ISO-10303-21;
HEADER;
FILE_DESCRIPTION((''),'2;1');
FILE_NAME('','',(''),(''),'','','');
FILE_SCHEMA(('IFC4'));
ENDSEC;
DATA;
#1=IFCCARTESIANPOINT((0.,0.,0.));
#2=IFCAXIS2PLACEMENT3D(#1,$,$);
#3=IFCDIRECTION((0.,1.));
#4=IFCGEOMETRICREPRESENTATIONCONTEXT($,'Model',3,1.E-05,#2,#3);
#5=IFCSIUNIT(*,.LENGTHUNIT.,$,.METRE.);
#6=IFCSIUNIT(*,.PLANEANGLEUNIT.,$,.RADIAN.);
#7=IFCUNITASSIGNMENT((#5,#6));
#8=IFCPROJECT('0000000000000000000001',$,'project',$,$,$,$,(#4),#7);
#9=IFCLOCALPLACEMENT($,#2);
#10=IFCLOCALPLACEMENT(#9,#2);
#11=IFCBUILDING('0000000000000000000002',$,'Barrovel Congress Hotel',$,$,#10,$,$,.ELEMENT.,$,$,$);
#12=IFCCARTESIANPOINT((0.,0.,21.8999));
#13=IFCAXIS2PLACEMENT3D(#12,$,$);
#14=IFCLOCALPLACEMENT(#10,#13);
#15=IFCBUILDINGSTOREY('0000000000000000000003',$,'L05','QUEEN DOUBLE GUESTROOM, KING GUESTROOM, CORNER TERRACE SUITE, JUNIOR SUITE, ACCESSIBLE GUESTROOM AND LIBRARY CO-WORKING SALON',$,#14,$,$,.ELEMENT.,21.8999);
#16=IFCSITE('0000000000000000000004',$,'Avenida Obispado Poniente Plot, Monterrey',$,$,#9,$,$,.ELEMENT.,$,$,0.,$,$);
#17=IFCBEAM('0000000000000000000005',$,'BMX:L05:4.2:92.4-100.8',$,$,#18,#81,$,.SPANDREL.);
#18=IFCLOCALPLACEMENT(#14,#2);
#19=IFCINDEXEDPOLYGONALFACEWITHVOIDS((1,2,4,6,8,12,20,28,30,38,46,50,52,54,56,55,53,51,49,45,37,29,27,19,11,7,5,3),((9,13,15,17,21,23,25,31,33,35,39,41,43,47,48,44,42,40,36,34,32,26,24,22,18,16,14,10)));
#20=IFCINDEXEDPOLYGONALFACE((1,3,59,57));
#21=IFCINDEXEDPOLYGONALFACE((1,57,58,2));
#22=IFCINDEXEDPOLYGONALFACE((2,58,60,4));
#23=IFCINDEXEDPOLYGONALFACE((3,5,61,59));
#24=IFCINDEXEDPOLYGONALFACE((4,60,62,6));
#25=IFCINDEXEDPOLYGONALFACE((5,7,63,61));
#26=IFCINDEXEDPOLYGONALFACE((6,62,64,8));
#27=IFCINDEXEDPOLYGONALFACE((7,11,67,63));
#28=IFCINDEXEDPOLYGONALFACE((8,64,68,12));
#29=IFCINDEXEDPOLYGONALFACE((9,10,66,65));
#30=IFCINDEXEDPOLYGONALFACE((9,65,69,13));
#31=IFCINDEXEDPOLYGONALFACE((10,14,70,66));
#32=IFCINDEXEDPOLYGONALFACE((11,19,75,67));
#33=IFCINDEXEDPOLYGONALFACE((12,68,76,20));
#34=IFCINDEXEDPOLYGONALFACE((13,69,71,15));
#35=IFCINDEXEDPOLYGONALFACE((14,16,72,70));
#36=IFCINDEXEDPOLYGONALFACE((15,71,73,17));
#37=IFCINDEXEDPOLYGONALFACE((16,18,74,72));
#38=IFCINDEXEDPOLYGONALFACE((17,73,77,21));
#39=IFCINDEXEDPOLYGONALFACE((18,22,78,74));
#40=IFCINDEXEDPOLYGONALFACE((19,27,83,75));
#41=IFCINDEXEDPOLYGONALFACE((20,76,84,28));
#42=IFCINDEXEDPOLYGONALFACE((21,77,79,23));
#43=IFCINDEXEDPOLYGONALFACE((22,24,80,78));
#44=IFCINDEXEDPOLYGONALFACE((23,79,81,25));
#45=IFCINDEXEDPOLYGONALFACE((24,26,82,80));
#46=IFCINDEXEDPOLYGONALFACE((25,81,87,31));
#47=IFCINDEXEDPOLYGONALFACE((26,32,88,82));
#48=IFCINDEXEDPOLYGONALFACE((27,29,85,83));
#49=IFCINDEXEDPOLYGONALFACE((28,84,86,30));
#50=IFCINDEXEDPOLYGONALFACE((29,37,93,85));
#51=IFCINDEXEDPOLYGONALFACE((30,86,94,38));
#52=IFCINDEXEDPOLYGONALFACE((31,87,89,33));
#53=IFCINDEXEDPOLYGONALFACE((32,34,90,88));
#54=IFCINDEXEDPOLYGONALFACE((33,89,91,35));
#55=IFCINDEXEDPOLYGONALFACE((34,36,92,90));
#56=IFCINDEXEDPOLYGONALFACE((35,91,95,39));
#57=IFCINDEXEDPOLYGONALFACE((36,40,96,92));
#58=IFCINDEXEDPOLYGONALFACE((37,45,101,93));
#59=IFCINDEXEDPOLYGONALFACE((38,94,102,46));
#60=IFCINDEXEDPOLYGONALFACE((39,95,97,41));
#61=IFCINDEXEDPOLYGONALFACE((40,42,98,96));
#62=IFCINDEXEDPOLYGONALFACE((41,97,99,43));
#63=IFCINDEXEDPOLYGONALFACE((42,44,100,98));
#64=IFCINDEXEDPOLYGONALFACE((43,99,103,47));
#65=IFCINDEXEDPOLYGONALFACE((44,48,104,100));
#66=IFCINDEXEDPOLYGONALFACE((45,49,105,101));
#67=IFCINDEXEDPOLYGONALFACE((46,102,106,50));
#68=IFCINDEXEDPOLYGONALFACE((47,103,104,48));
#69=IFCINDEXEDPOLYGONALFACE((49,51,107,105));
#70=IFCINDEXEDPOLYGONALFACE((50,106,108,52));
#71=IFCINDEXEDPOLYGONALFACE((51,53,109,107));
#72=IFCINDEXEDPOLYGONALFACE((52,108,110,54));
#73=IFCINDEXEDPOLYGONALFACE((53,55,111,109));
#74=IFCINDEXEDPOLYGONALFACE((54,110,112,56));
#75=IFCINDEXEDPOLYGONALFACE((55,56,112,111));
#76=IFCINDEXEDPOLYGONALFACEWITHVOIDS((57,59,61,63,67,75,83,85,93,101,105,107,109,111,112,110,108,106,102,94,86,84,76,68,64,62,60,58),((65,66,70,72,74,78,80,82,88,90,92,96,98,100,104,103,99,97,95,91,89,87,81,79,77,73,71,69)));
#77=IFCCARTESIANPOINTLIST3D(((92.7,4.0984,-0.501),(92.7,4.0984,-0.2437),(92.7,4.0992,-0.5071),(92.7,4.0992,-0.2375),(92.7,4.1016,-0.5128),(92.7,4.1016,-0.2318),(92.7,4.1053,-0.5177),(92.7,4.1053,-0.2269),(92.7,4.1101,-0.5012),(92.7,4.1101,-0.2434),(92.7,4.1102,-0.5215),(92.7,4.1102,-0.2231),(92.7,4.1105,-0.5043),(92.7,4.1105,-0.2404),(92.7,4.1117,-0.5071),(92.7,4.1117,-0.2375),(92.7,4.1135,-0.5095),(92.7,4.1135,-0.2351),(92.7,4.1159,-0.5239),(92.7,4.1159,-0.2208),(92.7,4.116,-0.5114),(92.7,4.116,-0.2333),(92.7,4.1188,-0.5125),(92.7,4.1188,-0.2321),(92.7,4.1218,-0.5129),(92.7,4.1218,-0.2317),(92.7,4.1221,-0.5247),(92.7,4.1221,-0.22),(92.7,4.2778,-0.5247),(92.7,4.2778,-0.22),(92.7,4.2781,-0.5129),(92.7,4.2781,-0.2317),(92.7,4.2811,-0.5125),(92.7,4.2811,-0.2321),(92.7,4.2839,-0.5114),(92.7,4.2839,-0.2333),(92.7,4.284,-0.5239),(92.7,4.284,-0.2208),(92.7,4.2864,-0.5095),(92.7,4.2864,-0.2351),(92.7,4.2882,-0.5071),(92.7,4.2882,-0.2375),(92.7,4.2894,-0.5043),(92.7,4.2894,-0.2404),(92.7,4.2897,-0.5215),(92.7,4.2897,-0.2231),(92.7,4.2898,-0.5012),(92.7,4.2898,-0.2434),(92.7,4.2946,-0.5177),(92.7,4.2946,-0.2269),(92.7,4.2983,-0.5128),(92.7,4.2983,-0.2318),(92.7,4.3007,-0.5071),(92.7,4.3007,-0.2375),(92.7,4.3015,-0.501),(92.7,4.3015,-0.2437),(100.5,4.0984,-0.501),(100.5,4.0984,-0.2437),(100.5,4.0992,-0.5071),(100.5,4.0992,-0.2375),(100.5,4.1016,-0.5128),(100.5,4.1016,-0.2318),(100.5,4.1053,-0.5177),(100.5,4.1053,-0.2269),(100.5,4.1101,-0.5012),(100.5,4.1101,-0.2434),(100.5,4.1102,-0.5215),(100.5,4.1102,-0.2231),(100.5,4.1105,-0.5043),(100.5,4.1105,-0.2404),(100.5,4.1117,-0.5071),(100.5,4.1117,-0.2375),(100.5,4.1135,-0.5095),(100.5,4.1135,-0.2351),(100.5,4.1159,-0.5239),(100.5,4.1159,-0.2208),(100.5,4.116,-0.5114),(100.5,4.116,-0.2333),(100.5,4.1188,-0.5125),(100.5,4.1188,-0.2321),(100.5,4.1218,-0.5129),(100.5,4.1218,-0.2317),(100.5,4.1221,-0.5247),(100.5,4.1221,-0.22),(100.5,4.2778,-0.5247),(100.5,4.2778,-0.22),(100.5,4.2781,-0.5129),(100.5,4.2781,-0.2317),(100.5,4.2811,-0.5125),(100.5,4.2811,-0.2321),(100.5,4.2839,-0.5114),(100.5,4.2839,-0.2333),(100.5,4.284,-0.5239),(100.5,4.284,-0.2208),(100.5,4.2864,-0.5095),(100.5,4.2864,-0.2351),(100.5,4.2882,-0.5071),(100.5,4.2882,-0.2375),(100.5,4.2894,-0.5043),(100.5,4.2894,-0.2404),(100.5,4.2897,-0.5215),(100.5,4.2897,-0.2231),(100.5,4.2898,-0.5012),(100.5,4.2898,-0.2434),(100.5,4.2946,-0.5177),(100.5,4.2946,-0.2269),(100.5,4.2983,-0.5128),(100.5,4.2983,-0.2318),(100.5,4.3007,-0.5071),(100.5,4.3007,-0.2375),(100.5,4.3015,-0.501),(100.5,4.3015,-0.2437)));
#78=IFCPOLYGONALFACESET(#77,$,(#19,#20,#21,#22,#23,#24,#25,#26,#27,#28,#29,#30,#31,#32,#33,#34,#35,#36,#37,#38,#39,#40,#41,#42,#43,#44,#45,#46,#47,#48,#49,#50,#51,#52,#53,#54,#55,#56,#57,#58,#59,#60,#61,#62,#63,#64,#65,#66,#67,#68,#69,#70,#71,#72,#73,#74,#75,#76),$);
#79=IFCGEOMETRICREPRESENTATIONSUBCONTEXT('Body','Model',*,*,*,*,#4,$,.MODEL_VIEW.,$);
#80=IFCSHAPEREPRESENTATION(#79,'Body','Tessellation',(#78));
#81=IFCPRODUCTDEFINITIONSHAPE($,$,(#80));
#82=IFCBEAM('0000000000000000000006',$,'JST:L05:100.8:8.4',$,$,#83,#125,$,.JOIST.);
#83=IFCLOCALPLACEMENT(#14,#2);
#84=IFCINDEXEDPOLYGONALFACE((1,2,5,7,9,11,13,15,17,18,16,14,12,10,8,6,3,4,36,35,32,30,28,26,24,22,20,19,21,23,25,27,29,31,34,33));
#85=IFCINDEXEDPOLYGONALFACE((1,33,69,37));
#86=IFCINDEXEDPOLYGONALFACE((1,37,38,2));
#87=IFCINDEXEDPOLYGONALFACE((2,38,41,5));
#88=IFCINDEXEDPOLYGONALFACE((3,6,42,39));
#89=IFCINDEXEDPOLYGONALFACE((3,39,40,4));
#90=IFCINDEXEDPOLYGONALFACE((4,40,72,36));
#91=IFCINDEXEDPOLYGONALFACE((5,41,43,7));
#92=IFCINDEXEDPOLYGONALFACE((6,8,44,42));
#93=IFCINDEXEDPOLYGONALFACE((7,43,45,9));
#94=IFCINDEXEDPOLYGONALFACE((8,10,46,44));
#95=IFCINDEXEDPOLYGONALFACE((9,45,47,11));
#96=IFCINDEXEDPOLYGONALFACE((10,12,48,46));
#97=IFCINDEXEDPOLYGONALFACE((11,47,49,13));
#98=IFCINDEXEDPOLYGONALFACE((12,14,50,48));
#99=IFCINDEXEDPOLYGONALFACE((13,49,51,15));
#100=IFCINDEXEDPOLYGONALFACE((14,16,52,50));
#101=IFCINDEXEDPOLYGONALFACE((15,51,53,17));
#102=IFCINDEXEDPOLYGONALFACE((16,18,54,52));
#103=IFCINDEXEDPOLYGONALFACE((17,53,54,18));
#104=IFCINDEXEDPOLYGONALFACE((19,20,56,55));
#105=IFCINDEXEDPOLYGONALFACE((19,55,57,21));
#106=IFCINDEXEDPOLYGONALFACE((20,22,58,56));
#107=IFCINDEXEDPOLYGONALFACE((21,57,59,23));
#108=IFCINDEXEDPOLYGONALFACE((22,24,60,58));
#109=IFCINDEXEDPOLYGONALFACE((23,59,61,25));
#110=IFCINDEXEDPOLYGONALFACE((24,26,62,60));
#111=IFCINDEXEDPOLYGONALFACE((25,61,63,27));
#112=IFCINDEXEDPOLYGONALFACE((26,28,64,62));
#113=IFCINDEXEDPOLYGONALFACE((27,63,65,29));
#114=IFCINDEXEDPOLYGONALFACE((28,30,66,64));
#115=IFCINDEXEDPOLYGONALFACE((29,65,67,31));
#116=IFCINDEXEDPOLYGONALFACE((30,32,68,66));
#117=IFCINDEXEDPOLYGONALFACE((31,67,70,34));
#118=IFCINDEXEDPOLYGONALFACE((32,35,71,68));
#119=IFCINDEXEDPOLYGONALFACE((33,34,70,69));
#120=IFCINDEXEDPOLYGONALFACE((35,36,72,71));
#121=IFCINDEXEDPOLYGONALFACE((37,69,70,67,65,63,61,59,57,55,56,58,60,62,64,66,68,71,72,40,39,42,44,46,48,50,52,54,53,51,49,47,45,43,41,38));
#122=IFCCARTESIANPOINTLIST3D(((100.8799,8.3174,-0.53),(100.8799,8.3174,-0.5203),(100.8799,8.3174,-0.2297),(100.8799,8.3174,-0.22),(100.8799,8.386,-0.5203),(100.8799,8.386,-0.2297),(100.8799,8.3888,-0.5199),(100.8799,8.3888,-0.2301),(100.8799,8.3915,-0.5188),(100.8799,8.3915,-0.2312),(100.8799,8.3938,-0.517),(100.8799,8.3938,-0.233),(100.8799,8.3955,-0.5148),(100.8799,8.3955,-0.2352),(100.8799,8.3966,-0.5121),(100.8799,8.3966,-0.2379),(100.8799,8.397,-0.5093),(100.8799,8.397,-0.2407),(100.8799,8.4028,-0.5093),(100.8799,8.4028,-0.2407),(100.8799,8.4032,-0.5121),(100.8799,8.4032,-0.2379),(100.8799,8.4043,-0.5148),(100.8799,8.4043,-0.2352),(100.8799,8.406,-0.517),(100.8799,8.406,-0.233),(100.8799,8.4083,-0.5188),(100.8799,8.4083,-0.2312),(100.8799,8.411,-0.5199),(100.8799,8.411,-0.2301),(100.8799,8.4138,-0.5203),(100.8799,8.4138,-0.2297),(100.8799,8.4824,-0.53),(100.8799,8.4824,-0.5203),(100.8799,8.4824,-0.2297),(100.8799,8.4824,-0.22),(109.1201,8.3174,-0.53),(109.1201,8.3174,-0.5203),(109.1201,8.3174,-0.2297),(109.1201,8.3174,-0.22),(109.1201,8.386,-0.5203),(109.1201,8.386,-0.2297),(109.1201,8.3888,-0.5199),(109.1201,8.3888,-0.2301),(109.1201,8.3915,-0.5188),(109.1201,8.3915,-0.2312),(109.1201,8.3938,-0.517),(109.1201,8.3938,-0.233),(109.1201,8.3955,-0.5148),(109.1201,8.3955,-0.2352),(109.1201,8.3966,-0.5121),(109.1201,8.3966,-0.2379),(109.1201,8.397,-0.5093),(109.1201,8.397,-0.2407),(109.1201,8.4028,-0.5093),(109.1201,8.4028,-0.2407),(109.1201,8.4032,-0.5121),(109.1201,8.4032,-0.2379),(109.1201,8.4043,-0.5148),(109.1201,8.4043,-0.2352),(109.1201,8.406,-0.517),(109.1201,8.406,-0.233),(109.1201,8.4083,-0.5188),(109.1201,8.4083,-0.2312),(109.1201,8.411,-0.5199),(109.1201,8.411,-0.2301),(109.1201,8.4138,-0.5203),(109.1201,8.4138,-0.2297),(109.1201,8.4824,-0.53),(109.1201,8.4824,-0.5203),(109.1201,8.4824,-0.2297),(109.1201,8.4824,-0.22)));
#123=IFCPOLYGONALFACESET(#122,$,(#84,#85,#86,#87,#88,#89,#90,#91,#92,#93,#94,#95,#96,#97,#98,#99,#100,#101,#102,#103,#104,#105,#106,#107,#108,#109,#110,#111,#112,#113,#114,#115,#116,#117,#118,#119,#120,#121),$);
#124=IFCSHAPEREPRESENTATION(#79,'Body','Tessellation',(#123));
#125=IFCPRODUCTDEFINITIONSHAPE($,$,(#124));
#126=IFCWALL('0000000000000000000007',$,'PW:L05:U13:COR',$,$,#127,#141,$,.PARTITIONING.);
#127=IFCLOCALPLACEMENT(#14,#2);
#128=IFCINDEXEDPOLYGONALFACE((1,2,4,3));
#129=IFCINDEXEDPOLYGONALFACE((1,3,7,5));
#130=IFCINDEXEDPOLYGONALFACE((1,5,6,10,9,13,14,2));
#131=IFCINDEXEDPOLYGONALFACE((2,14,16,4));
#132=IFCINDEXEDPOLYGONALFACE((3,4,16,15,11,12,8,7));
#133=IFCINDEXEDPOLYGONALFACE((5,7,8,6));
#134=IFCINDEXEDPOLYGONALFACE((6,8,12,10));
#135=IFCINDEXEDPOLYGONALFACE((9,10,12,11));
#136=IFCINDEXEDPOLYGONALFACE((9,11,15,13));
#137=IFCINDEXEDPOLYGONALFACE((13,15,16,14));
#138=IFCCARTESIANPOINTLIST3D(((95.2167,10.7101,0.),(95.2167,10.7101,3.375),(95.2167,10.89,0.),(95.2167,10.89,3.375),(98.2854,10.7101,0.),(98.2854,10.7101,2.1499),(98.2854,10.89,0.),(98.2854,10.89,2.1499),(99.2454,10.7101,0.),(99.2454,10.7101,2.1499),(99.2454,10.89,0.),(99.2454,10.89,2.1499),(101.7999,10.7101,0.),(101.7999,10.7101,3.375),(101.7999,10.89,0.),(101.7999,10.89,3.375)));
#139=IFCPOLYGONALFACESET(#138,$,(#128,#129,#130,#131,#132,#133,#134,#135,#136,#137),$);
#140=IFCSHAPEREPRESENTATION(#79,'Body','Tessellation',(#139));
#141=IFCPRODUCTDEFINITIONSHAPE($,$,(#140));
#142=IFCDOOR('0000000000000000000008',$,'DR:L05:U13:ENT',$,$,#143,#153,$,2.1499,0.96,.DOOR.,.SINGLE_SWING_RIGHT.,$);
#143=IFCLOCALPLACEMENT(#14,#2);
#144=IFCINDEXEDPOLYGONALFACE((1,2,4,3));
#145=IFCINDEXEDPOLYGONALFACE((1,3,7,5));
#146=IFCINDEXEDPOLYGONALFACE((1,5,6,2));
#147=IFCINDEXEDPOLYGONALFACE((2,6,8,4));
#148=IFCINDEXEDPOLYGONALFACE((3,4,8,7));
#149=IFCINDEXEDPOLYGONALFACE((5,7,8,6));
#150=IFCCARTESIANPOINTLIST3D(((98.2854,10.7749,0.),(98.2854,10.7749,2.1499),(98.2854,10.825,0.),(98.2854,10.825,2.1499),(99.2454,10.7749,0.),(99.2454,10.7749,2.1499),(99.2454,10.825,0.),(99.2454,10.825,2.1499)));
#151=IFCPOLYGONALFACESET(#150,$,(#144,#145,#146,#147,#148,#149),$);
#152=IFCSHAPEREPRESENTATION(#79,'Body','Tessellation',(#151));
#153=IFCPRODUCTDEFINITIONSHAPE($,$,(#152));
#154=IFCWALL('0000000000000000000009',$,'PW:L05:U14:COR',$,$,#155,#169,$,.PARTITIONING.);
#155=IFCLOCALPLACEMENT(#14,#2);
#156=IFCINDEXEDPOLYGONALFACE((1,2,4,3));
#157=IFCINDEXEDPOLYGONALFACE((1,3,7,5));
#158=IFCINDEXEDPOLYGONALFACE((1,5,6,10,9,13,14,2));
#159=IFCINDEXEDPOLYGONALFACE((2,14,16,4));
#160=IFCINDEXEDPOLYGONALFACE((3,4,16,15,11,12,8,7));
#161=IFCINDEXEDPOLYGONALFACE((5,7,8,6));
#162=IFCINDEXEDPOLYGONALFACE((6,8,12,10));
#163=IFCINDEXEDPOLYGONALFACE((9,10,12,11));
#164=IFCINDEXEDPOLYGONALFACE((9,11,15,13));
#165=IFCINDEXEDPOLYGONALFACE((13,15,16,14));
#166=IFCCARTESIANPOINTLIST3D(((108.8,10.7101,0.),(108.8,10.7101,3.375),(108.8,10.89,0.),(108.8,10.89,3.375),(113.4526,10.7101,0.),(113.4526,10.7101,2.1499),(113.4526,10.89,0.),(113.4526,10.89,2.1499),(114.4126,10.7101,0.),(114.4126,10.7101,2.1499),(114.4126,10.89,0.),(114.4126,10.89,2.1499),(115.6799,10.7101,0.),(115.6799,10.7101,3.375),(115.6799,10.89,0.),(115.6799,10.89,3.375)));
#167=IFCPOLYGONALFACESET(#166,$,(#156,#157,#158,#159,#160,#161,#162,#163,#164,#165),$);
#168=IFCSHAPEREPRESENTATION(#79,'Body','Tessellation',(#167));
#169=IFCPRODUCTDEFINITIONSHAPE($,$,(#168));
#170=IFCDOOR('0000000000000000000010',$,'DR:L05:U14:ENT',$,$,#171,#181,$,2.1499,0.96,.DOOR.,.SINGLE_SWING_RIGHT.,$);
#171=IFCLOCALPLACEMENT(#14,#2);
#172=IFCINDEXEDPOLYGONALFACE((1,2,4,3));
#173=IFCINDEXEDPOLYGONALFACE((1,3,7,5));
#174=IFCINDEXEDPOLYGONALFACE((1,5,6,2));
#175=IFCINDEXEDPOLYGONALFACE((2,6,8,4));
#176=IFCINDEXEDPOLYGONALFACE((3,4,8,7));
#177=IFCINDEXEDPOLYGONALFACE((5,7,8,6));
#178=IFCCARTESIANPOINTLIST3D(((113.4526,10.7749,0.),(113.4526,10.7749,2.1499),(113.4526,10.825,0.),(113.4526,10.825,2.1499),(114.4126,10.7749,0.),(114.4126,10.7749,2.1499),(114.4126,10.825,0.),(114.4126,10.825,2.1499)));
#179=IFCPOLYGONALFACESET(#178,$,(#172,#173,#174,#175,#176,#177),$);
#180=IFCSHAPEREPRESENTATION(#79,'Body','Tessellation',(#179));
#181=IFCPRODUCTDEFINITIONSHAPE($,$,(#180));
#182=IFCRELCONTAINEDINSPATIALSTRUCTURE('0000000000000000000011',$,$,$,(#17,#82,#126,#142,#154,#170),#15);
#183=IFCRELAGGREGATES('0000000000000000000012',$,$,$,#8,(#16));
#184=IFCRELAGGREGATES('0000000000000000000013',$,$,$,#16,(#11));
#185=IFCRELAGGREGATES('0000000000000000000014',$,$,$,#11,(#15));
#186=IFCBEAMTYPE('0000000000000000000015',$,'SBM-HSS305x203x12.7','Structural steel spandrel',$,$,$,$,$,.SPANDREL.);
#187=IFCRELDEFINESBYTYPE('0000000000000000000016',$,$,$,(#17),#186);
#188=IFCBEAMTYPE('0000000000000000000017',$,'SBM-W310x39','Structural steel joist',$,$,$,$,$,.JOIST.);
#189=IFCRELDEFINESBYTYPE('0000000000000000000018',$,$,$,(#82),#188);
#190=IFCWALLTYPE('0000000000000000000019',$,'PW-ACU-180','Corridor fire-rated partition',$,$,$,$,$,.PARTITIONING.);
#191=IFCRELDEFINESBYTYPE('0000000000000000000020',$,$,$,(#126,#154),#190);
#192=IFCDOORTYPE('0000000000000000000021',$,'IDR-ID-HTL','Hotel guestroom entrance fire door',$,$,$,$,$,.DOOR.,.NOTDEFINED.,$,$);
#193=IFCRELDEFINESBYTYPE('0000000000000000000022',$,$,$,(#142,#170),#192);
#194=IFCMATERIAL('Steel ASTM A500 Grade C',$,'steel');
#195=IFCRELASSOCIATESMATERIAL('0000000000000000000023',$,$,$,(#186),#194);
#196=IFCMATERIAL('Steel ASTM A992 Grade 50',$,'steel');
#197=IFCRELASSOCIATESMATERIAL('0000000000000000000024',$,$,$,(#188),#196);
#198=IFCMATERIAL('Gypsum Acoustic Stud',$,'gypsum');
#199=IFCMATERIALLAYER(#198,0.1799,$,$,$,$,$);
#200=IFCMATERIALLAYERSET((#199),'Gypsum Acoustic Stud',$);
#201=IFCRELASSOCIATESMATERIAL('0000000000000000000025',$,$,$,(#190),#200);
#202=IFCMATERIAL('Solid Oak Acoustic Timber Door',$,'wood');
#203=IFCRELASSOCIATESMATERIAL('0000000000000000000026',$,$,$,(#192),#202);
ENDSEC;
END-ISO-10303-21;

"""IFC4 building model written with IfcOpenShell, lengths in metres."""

from ifc_helpers import new_model, si_unit, direction, frame, frame_2d, origin, origin_2d, place, context, subcontext, project, spatial, rectangle, hollow_rectangle, i_section, extrude, material, layer, layer_set, material_profile, profile_set, type_object, element, fill, save


model = new_model("IFC4")

# Units and contexts
model_context = context("Model", 3, precision=1e-05, world=origin(), true_north=direction((0.0, 1.0)))
body_context = subcontext(model_context, "Body", "Model", "MODEL_VIEW")
ifc_project = project(units=[si_unit("LENGTHUNIT", "METRE"), si_unit("PLANEANGLEUNIT", "RADIAN")], contexts=[model_context])

# Site, building, storey
site_placement = place(None, origin())
site = spatial("IfcSite", under=ifc_project, at=site_placement, Name="Avenida Obispado Poniente Plot, Monterrey", CompositionType="ELEMENT", RefElevation=0.0)
building_placement = place(site_placement, origin())
building = spatial("IfcBuilding", under=site, at=building_placement, Name="Barrovel Congress Hotel", CompositionType="ELEMENT")
storey_placement = place(building_placement, frame((0.0, 0.0, 21.8999)))
storey = spatial("IfcBuildingStorey", under=building, at=storey_placement, Name="L05", Description="QUEEN DOUBLE GUESTROOM, KING GUESTROOM, CORNER TERRACE SUITE, JUNIOR SUITE, ACCESSIBLE GUESTROOM AND LIBRARY CO-WORKING SALON", CompositionType="ELEMENT", Elevation=21.8999)

# Beams
ifc_material_1 = material(Name="Steel ASTM A500 Grade C", Category="steel")
ifc_material_profile_1 = material_profile(ifc_material_1, hollow_rectangle(XDim=0.2031, YDim=0.3047, WallThickness=0.0117, InnerFilletRadius=0.0117, OuterFilletRadius=0.0237, at=origin_2d()), Name="HSS305x203x12.7")
ifc_profile_set_1 = profile_set([ifc_material_profile_1], Name="Steel ASTM A500 Grade C")
beam_type_1 = type_object("IfcBeamType", Name="SBM-HSS305x203x12.7", Description="Structural steel spandrel", PredefinedType="SPANDREL", material=ifc_profile_set_1)
beam_1_placement = place(storey_placement, frame((92.7, 4.2, -0.3723), z_axis=(1.0, 0.0, 0.0), x_axis=(0.0, 1.0, 0.0)))
element("IfcBeam", 1, at=beam_1_placement, inside=storey, type_object=beam_type_1, Name="BMX:L05:4.2:92.4-100.8", PredefinedType="SPANDREL", context=body_context, shape_type="SweptSolid", body=[
    extrude(hollow_rectangle(XDim=0.2031, YDim=0.3047, WallThickness=0.0117, InnerFilletRadius=0.0117, OuterFilletRadius=0.0237, at=origin_2d()), origin(), (0.0, 0.0, 1.0), 7.8),
])
ifc_material_2 = material(Name="Steel ASTM A992 Grade 50", Category="steel")
ifc_material_profile_2 = material_profile(ifc_material_2, i_section(OverallWidth=0.165, OverallDepth=0.3101, WebThickness=0.0059, FlangeThickness=0.0098, FilletRadius=0.011, at=origin_2d()), Name="W310x39")
ifc_profile_set_2 = profile_set([ifc_material_profile_2], Name="Steel ASTM A992 Grade 50")
beam_type_2 = type_object("IfcBeamType", Name="SBM-W310x39", Description="Structural steel joist", PredefinedType="JOIST", material=ifc_profile_set_2)
beam_2_placement = place(storey_placement, frame((100.8799, 8.3999, -0.375), z_axis=(1.0, 0.0, 0.0), x_axis=(0.0, 1.0, 0.0)))
element("IfcBeam", 2, at=beam_2_placement, inside=storey, type_object=beam_type_2, Name="JST:L05:100.8:8.4", PredefinedType="JOIST", context=body_context, shape_type="SweptSolid", body=[
    extrude(i_section(OverallWidth=0.165, OverallDepth=0.3101, WebThickness=0.0059, FlangeThickness=0.0098, FilletRadius=0.011, at=origin_2d()), origin(), (0.0, 0.0, 1.0), 8.2402),
])

# Walls, openings, doors
ifc_material_3 = material(Name="Gypsum Acoustic Stud", Category="gypsum")
ifc_layer_1 = layer(ifc_material_3, 0.1799)
ifc_layer_set_1 = layer_set([ifc_layer_1], Name="Gypsum Acoustic Stud")
wall_type_1 = type_object("IfcWallType", Name="PW-ACU-180", Description="Corridor fire-rated partition", PredefinedType="PARTITIONING", material=ifc_layer_set_1)
wall_1_placement = place(storey_placement, frame((95.2168, 10.8, 0.0), z_axis=(0.0, 0.0, 1.0), x_axis=(1.0, 0.0, 0.0)))
wall_1 = element("IfcWall", 3, at=wall_1_placement, inside=storey, type_object=wall_type_1, Name="PW:L05:U13:COR", PredefinedType="PARTITIONING", context=body_context, shape_type="SweptSolid", body=[
    extrude(rectangle(XDim=6.5833, YDim=0.1799, at=frame_2d((3.2915, 0.0))), origin(), (0.0, 0.0, 1.0), 3.375),
])
opening_1_placement = place(wall_1_placement, frame((3.0686, 0.0, 0.0)))
opening_1 = element("IfcOpeningElement", 4, at=opening_1_placement, cuts=wall_1, PredefinedType="OPENING", context=body_context, shape_type="SweptSolid", body=[
    extrude(rectangle(XDim=0.96, YDim=2.1499, at=frame_2d((0.48, 1.075))), frame((0.0, 0.1001, 0.0), z_axis=(0.0, -1.0, 0.0), x_axis=(1.0, 0.0, 0.0)), (0.0, 0.0, 1.0), 0.2),
])
ifc_material_4 = material(Name="Solid Oak Acoustic Timber Door", Category="wood")
door_type_1 = type_object("IfcDoorType", Name="IDR-ID-HTL", Description="Hotel guestroom entrance fire door", OperationType="NOTDEFINED", PredefinedType="DOOR", material=ifc_material_4)
door_1_placement = place(opening_1_placement, origin())
door_1 = element("IfcDoor", 5, at=door_1_placement, inside=storey, type_object=door_type_1, Name="DR:L05:U13:ENT", OperationType="SINGLE_SWING_RIGHT", OverallHeight=2.1499, OverallWidth=0.96, PredefinedType="DOOR", context=body_context, shape_type="SweptSolid", body=[
    extrude(rectangle(XDim=0.96, YDim=2.1499, at=frame_2d((0.48, 1.075))), frame((0.0, 0.0249, 0.0), z_axis=(0.0, -1.0, 0.0), x_axis=(1.0, 0.0, 0.0)), (0.0, 0.0, 1.0), 0.05),
])
fill(opening_1, door_1)
wall_2_placement = place(storey_placement, frame((108.8, 10.8, 0.0), z_axis=(0.0, 0.0, 1.0), x_axis=(1.0, 0.0, 0.0)))
wall_2 = element("IfcWall", 6, at=wall_2_placement, inside=storey, type_object=wall_type_1, Name="PW:L05:U14:COR", PredefinedType="PARTITIONING", context=body_context, shape_type="SweptSolid", body=[
    extrude(rectangle(XDim=6.8799, YDim=0.1799, at=frame_2d((3.4399, 0.0))), origin(), (0.0, 0.0, 1.0), 3.375),
])
opening_2_placement = place(wall_2_placement, frame((4.6526, 0.0, 0.0)))
opening_2 = element("IfcOpeningElement", 7, at=opening_2_placement, cuts=wall_2, PredefinedType="OPENING", context=body_context, shape_type="SweptSolid", body=[
    extrude(rectangle(XDim=0.96, YDim=2.1499, at=frame_2d((0.48, 1.075))), frame((0.0, 0.1001, 0.0), z_axis=(0.0, -1.0, 0.0), x_axis=(1.0, 0.0, 0.0)), (0.0, 0.0, 1.0), 0.2),
])
door_2_placement = place(opening_2_placement, origin())
door_2 = element("IfcDoor", 8, at=door_2_placement, inside=storey, type_object=door_type_1, Name="DR:L05:U14:ENT", OperationType="SINGLE_SWING_RIGHT", OverallHeight=2.1499, OverallWidth=0.96, PredefinedType="DOOR", context=body_context, shape_type="SweptSolid", body=[
    extrude(rectangle(XDim=0.96, YDim=2.1499, at=frame_2d((0.48, 1.075))), frame((0.0, 0.0249, 0.0), z_axis=(0.0, -1.0, 0.0), x_axis=(1.0, 0.0, 0.0)), (0.0, 0.0, 1.0), 0.05),
])
fill(opening_2, door_2)

save(model, "model.ifc")
